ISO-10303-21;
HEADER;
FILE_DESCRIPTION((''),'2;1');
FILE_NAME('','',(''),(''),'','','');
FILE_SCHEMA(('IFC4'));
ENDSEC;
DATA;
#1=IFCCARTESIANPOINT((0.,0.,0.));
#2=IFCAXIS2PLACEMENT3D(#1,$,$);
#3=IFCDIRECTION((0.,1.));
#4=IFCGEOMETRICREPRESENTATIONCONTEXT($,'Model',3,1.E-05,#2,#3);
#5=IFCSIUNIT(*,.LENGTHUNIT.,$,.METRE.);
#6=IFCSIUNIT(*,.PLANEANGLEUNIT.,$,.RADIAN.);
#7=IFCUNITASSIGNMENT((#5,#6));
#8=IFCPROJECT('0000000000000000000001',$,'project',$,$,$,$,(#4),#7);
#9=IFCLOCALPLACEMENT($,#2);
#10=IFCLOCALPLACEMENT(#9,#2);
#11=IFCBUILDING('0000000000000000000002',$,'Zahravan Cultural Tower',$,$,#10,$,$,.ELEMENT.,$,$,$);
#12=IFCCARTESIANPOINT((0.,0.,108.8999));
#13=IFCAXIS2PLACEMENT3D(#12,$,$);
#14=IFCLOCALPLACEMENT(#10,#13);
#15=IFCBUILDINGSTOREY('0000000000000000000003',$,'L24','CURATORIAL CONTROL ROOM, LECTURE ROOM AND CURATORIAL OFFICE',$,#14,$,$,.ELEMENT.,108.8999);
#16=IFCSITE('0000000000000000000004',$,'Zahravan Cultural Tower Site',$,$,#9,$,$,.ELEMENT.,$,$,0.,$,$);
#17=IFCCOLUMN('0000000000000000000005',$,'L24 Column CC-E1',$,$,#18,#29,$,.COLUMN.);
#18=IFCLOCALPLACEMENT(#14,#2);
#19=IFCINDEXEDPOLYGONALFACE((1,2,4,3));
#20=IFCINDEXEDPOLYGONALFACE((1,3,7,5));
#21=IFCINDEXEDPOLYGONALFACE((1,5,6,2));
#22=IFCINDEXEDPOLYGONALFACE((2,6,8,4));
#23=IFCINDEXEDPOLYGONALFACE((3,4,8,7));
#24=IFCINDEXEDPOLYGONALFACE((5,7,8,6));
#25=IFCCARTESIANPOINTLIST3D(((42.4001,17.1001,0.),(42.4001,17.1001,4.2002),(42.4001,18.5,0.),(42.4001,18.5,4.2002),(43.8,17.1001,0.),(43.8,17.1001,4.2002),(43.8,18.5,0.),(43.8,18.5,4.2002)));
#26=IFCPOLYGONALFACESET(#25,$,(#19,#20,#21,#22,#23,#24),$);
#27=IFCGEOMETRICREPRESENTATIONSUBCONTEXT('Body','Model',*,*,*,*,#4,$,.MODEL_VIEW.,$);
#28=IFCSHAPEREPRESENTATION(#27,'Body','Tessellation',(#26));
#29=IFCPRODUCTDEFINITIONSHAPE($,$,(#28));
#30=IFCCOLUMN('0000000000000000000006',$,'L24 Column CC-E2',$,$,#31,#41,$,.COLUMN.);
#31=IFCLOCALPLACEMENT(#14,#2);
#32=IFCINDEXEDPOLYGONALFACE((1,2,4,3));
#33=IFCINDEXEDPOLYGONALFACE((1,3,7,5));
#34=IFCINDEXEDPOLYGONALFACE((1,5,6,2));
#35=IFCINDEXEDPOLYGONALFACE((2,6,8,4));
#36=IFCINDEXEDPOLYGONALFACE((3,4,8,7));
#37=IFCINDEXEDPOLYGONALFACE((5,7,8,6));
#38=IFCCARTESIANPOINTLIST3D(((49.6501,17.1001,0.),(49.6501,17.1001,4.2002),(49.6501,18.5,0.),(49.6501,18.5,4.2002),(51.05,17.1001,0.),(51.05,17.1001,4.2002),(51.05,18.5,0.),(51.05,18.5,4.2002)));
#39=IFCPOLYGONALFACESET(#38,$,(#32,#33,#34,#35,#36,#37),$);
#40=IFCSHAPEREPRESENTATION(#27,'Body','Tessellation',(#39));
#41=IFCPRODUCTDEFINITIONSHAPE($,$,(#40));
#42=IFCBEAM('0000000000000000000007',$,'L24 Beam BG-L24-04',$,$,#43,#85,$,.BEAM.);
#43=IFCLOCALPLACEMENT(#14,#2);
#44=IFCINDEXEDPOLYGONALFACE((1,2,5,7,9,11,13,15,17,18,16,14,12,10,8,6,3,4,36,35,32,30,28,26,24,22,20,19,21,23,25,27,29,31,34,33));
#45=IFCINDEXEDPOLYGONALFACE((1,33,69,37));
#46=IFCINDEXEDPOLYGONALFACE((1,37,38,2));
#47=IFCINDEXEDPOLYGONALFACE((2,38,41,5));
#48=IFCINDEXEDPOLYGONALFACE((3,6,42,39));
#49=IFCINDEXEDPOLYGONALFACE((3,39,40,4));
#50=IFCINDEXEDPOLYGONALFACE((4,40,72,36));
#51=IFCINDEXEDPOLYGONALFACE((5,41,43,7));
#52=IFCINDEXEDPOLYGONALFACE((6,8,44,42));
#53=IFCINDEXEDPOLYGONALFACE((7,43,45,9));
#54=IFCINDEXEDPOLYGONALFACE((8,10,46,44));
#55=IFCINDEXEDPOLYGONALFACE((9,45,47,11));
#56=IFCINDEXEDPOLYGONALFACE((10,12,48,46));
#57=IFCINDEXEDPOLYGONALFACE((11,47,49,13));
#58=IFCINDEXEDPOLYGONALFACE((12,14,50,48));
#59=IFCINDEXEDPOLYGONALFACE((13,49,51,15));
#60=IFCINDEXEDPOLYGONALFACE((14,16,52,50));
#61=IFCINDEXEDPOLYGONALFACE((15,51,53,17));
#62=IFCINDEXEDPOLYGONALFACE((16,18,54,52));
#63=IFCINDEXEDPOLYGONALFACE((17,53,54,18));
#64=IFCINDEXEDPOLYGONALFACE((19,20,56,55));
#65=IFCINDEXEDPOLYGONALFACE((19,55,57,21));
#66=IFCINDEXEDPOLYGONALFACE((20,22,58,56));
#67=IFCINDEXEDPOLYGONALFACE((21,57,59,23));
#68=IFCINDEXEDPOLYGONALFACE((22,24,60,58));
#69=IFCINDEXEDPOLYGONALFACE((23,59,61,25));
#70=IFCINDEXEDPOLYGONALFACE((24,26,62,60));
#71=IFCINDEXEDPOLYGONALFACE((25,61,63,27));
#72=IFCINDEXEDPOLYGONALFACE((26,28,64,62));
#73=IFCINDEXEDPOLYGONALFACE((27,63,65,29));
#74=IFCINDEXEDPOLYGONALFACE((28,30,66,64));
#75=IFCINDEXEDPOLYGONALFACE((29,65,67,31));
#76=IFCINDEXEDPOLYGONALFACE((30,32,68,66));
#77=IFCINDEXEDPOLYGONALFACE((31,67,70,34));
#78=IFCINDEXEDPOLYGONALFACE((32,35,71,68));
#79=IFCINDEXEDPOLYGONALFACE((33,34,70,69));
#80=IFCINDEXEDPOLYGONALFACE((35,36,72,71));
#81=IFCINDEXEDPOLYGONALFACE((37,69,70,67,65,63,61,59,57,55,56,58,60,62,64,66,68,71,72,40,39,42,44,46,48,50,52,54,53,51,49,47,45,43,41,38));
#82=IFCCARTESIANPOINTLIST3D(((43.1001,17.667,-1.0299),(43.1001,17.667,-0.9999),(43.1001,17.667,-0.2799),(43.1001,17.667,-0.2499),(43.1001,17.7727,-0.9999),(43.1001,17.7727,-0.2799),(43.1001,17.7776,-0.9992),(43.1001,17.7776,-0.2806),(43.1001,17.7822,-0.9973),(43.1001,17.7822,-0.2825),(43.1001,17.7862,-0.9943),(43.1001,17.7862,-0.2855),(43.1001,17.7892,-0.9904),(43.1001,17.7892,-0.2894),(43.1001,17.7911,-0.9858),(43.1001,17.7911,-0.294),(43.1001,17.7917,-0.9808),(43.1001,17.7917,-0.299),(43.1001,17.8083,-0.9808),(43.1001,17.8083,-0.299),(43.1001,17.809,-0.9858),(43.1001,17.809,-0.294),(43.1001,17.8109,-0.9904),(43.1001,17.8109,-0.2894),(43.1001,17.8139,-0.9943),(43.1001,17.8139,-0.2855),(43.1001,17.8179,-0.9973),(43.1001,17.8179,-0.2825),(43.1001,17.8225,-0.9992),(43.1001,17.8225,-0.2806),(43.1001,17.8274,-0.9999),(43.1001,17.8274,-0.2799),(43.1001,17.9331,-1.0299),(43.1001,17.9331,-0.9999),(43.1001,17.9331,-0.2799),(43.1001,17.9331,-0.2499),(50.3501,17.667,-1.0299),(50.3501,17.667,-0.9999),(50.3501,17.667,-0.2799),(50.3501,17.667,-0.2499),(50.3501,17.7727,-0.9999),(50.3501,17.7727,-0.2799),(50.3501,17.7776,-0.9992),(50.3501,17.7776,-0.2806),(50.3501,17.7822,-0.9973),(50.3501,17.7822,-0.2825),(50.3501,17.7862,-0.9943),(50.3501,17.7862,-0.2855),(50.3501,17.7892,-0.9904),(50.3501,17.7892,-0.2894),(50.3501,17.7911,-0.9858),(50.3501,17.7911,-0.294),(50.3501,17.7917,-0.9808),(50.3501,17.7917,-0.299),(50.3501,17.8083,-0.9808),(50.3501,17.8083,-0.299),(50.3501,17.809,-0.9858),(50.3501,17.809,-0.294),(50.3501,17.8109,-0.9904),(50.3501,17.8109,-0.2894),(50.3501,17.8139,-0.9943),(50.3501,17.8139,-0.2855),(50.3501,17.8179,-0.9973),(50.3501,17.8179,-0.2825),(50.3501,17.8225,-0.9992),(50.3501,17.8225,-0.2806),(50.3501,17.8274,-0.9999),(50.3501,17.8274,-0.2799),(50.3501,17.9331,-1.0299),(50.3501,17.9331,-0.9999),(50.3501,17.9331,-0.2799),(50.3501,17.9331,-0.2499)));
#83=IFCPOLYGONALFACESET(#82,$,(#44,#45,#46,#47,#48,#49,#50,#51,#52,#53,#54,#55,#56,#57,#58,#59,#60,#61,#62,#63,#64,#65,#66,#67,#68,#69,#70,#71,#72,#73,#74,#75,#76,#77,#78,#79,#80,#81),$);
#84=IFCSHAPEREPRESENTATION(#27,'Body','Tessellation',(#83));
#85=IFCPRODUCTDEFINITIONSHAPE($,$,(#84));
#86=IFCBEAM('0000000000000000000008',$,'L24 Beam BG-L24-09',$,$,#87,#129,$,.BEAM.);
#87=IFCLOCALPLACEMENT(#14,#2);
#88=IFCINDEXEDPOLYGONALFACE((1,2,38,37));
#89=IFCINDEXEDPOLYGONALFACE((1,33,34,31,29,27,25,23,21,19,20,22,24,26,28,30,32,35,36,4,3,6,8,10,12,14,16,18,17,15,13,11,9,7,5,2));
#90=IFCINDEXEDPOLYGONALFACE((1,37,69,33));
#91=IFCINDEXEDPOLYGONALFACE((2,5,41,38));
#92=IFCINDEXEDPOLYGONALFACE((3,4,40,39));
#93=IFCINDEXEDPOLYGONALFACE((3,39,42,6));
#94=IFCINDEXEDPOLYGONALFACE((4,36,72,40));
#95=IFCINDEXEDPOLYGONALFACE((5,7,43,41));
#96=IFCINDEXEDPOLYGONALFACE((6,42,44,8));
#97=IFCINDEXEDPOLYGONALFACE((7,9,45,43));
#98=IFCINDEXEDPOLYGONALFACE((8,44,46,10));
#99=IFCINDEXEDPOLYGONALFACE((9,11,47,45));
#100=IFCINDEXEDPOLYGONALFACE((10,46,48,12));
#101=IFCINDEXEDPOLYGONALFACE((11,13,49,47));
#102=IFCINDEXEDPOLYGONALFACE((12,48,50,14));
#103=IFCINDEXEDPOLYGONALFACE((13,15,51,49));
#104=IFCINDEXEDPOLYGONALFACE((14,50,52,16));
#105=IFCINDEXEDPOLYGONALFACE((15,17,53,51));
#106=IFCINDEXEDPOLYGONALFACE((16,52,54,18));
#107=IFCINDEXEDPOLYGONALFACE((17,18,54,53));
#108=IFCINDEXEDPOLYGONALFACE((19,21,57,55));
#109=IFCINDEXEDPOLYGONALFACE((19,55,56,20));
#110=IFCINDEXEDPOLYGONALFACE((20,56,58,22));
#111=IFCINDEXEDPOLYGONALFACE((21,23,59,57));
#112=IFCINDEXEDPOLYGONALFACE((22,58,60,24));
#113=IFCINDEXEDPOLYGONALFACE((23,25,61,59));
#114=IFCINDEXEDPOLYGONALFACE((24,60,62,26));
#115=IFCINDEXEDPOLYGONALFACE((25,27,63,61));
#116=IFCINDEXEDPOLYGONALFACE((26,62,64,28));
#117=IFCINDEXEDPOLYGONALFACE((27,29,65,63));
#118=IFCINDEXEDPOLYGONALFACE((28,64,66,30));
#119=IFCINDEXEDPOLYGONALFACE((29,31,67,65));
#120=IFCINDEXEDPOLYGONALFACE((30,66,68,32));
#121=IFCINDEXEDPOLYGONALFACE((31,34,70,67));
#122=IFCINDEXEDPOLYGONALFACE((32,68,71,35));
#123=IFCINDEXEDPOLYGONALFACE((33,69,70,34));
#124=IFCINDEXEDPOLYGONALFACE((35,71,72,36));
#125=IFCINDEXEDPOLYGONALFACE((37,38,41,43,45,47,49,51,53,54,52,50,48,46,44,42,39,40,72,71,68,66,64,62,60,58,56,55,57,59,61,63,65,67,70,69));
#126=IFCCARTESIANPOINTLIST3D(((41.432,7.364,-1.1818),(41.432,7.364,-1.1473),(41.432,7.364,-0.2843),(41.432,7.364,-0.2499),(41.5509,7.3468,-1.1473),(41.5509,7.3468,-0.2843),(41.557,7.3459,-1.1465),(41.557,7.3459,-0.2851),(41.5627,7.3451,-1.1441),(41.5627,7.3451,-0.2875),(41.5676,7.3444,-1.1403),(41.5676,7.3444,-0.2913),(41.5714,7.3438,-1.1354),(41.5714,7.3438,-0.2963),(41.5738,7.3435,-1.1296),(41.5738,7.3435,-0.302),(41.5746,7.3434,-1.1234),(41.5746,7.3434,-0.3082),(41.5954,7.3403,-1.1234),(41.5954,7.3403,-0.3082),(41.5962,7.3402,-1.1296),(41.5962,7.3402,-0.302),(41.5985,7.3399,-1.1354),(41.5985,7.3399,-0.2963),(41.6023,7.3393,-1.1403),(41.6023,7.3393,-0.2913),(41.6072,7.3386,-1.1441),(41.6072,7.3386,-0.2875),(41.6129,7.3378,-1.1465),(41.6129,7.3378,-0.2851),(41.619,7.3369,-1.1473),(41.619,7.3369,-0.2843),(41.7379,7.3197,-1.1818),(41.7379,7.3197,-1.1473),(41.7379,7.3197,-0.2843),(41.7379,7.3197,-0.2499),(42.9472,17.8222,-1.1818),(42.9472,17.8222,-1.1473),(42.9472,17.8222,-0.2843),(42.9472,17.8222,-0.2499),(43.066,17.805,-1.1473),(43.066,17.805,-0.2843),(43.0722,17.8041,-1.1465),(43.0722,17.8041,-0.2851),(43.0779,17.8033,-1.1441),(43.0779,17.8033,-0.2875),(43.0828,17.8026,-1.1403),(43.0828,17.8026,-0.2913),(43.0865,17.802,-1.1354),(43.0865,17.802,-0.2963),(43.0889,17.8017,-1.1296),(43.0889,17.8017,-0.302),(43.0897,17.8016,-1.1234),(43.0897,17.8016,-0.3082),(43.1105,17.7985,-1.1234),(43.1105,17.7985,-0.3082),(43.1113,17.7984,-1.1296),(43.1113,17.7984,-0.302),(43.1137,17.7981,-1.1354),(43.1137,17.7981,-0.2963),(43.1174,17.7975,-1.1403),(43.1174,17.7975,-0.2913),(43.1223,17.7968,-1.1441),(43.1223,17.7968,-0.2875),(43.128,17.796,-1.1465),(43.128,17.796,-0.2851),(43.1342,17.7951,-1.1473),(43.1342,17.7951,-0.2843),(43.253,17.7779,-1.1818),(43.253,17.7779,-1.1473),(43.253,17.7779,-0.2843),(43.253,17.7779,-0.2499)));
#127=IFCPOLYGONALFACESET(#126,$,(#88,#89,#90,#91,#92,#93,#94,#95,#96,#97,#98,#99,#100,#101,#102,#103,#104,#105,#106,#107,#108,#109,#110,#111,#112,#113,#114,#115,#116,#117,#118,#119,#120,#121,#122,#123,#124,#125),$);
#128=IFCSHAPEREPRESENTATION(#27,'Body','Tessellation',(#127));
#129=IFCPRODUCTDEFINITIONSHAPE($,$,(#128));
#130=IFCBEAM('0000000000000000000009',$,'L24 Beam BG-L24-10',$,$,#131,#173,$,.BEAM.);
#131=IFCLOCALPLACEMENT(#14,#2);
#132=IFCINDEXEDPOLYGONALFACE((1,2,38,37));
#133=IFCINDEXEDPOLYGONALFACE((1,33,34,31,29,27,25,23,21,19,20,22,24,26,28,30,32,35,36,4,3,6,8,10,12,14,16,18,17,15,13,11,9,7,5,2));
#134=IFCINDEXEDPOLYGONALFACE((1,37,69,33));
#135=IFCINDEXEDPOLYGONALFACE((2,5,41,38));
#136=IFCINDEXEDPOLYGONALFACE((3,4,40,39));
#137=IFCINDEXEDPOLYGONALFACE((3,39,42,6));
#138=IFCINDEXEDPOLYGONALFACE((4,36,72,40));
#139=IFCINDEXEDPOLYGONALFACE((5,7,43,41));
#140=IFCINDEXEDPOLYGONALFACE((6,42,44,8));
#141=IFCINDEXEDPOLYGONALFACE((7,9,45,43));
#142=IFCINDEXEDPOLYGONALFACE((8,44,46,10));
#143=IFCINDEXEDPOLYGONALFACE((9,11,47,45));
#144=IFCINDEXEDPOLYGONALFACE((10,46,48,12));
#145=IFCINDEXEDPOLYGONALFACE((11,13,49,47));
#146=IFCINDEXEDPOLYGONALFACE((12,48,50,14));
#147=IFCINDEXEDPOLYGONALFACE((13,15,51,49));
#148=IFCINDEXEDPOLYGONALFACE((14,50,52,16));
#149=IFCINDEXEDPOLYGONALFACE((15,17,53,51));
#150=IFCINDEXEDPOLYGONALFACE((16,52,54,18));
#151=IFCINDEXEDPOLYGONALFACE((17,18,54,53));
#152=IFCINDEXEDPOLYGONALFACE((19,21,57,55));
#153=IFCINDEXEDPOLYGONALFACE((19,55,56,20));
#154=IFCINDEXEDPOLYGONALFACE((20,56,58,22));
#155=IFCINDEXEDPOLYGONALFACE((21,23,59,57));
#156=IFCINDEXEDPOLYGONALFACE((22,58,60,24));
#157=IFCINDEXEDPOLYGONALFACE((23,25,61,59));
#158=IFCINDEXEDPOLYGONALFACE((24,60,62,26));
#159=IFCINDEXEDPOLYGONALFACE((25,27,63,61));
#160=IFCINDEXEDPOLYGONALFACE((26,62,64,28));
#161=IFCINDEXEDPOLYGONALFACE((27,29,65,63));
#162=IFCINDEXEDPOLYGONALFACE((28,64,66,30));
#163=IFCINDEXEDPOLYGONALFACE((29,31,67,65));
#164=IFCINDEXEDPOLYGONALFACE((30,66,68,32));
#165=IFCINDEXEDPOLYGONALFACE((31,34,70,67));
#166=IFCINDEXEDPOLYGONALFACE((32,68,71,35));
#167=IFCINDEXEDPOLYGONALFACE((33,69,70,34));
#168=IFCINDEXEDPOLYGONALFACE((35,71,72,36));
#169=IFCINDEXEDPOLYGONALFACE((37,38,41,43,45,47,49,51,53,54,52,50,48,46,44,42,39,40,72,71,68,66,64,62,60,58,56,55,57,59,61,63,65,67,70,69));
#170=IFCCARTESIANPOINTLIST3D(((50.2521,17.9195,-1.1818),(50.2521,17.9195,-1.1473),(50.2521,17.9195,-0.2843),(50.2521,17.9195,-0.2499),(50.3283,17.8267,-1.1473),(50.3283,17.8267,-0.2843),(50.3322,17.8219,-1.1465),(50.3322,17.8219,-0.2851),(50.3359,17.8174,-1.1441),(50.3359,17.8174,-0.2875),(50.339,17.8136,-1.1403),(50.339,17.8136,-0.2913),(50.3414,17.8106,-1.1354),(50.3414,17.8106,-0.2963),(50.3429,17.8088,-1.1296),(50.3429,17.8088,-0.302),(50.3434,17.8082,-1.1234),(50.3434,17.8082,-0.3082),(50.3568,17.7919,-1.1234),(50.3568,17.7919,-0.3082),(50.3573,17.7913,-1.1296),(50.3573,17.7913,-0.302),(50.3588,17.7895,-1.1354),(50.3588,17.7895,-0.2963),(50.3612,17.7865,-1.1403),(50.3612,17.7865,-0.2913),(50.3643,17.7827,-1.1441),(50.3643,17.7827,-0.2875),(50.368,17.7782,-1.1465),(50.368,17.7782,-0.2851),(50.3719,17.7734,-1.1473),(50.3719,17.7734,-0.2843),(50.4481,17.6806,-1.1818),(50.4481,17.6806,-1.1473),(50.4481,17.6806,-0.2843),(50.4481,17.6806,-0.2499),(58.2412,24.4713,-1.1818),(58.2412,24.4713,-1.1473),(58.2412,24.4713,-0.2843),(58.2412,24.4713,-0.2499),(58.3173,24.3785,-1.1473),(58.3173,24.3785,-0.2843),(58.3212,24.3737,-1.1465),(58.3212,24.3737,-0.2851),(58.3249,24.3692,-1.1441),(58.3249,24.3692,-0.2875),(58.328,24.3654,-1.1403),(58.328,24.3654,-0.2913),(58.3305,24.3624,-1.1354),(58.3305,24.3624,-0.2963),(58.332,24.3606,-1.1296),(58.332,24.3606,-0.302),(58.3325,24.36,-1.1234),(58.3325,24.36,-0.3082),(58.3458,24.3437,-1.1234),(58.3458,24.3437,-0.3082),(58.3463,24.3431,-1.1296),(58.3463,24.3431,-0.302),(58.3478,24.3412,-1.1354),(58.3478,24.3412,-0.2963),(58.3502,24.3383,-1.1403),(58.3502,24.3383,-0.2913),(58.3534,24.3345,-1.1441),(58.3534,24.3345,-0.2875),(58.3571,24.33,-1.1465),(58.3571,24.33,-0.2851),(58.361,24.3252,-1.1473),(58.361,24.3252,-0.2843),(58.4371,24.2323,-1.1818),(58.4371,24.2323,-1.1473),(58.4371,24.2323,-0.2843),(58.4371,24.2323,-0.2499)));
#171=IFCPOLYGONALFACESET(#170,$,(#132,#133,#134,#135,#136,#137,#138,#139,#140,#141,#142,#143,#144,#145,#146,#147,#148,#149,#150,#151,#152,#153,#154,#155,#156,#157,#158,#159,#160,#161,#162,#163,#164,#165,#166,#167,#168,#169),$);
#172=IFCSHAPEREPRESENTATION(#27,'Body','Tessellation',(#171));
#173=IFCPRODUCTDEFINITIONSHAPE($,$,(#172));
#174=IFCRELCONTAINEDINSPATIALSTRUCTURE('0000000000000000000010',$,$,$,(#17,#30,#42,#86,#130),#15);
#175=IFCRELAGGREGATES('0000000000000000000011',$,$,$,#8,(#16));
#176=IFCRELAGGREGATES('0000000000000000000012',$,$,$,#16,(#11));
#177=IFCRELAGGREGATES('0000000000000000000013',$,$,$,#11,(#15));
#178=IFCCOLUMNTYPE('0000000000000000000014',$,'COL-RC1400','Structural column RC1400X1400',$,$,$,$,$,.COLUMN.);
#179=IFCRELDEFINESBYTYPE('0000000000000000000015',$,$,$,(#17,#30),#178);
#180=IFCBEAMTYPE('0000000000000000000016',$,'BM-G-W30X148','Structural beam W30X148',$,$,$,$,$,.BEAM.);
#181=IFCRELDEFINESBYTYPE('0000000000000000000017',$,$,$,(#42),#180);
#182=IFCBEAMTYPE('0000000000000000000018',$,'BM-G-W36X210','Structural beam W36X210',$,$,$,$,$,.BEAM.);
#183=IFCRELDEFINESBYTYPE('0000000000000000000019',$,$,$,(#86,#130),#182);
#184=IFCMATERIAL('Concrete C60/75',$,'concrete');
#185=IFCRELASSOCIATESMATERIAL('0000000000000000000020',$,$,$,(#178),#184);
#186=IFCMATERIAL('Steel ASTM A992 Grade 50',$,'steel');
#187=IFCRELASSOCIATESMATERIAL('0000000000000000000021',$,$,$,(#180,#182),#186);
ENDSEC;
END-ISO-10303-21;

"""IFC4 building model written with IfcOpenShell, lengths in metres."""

from ifc_helpers import new_model, si_unit, direction, frame, origin, origin_2d, place, context, subcontext, project, spatial, rectangle, i_section, extrude, source, transform, mapped, material, material_profile, profile_set, type_object, element, save


model = new_model("IFC4")

# Units and contexts
model_context = context("Model", 3, precision=1e-05, world=origin(), true_north=direction((0.0, 1.0)))
body_context = subcontext(model_context, "Body", "Model", "MODEL_VIEW")
ifc_project = project(units=[si_unit("LENGTHUNIT", "METRE"), si_unit("PLANEANGLEUNIT", "RADIAN")], contexts=[model_context])

# Site, building, storey
site_placement = place(None, origin())
site = spatial("IfcSite", under=ifc_project, at=site_placement, Name="Zahravan Cultural Tower Site", CompositionType="ELEMENT", RefElevation=0.0)
building_placement = place(site_placement, origin())
building = spatial("IfcBuilding", under=site, at=building_placement, Name="Zahravan Cultural Tower", CompositionType="ELEMENT")
storey_placement = place(building_placement, frame((0.0, 0.0, 108.8999)))
storey = spatial("IfcBuildingStorey", under=building, at=storey_placement, Name="L24", Description="CURATORIAL CONTROL ROOM, LECTURE ROOM AND CURATORIAL OFFICE", CompositionType="ELEMENT", Elevation=108.8999)

# Columns
ifc_material_1 = material(Name="Concrete C60/75", Category="concrete")
ifc_material_profile_1 = material_profile(ifc_material_1, rectangle(XDim=1.3999, YDim=1.3999, at=origin_2d()), Name="RC1400X1400")
ifc_profile_set_1 = profile_set([ifc_material_profile_1], Name="Concrete C60/75")
column_type = type_object("IfcColumnType", Name="COL-RC1400", Description="Structural column RC1400X1400", PredefinedType="COLUMN", material=ifc_profile_set_1)
shared_shape_1 = source(origin(), body_context, "Body", "SweptSolid", [
    extrude(rectangle(XDim=1.3999, YDim=1.3999, at=origin_2d()), origin(), (0.0, 0.0, 1.0), 4.2002),
])
for number, where, z_axis, x_axis, name in (
    (1, (43.1001, 17.8, 0.0), (0.0, 0.0, 1.0), (1.0, 0.0, 0.0), "L24 Column CC-E1"),
    (2, (50.3501, 17.8, 0.0), (0.0, 0.0, 1.0), (1.0, 0.0, 0.0), "L24 Column CC-E2"),
):
    element("IfcColumn", number, at=place(storey_placement, frame(where, z_axis=z_axis, x_axis=x_axis)), inside=storey, type_object=column_type, Name=name, PredefinedType="COLUMN", context=body_context, shape_type="MappedRepresentation", body=[
        mapped(shared_shape_1, transform((0.0, 0.0, 0.0), x_axis=(1.0, 0.0, 0.0), y_axis=(0.0, 1.0, 0.0), z_axis=(0.0, 0.0, 1.0), scale=1.0)),
    ])

# Beams
ifc_material_2 = material(Name="Steel ASTM A992 Grade 50", Category="steel")
ifc_material_profile_2 = material_profile(ifc_material_2, i_section(OverallWidth=0.2661, OverallDepth=0.78, WebThickness=0.0166, FlangeThickness=0.03, FilletRadius=0.019, at=origin_2d()), Name="W30X148")
ifc_profile_set_2 = profile_set([ifc_material_profile_2], Name="Steel ASTM A992 Grade 50")
beam_type_1 = type_object("IfcBeamType", Name="BM-G-W30X148", Description="Structural beam W30X148", PredefinedType="BEAM", material=ifc_profile_set_2)
shared_shape_2 = source(origin(), body_context, "Body", "SweptSolid", [
    extrude(i_section(OverallWidth=0.2661, OverallDepth=0.78, WebThickness=0.0166, FlangeThickness=0.03, FilletRadius=0.019, at=origin_2d()), origin(), (0.0, 0.0, 1.0), 7.25),
])
beam_1_placement = place(storey_placement, frame((43.1001, 17.8, -0.6399), z_axis=(1.0, 0.0, 0.0), x_axis=(0.0, 1.0, 0.0)))
element("IfcBeam", 3, at=beam_1_placement, inside=storey, type_object=beam_type_1, Name="L24 Beam BG-L24-04", PredefinedType="BEAM", context=body_context, shape_type="MappedRepresentation", body=[
    mapped(shared_shape_2, transform((0.0, 0.0, 0.0), x_axis=(1.0, 0.0, 0.0), y_axis=(0.0, 1.0, 0.0), z_axis=(0.0, 0.0, 1.0), scale=1.0)),
])
ifc_material_profile_3 = material_profile(ifc_material_2, i_section(OverallWidth=0.3091, OverallDepth=0.9319, WebThickness=0.021, FlangeThickness=0.0344, FilletRadius=0.0239, at=origin_2d()), Name="W36X210")
ifc_profile_set_3 = profile_set([ifc_material_profile_3], Name="Steel ASTM A992 Grade 50")
beam_type_2 = type_object("IfcBeamType", Name="BM-G-W36X210", Description="Structural beam W36X210", PredefinedType="BEAM", material=ifc_profile_set_3)
shared_shape_3 = source(origin(), body_context, "Body", "SweptSolid", [
    extrude(i_section(OverallWidth=0.3091, OverallDepth=0.9319, WebThickness=0.021, FlangeThickness=0.0344, FilletRadius=0.0239, at=origin_2d()), origin(), (0.0, 0.0, 1.0), 10.5674),
])
beam_2_placement = place(storey_placement, frame((43.1001, 17.8, -0.7158), z_axis=(-0.143378, -0.989668, 0.0), x_axis=(0.989668, -0.143378, 0.0)))
element("IfcBeam", 4, at=beam_2_placement, inside=storey, type_object=beam_type_2, Name="L24 Beam BG-L24-09", PredefinedType="BEAM", context=body_context, shape_type="MappedRepresentation", body=[
    mapped(shared_shape_3, transform((0.0, 0.0, 0.0), x_axis=(1.0, 0.0, 0.0), y_axis=(0.0, 1.0, 0.0), z_axis=(0.0, 0.0, 1.0), scale=1.0)),
])
shared_shape_4 = source(origin(), body_context, "Body", "SweptSolid", [
    extrude(i_section(OverallWidth=0.3091, OverallDepth=0.9319, WebThickness=0.021, FlangeThickness=0.0344, FilletRadius=0.0239, at=origin_2d()), origin(), (0.0, 0.0, 1.0), 10.332),
])
beam_3_placement = place(storey_placement, frame((50.3501, 17.8, -0.7158), z_axis=(0.773231, 0.634124, 0.0), x_axis=(-0.634124, 0.773231, 0.0)))
element("IfcBeam", 5, at=beam_3_placement, inside=storey, type_object=beam_type_2, Name="L24 Beam BG-L24-10", PredefinedType="BEAM", context=body_context, shape_type="MappedRepresentation", body=[
    mapped(shared_shape_4, transform((0.0, 0.0, 0.0), x_axis=(1.0, 0.0, 0.0), y_axis=(0.0, 1.0, 0.0), z_axis=(0.0, 0.0, 1.0), scale=1.0)),
])

save(model, "model.ifc")
